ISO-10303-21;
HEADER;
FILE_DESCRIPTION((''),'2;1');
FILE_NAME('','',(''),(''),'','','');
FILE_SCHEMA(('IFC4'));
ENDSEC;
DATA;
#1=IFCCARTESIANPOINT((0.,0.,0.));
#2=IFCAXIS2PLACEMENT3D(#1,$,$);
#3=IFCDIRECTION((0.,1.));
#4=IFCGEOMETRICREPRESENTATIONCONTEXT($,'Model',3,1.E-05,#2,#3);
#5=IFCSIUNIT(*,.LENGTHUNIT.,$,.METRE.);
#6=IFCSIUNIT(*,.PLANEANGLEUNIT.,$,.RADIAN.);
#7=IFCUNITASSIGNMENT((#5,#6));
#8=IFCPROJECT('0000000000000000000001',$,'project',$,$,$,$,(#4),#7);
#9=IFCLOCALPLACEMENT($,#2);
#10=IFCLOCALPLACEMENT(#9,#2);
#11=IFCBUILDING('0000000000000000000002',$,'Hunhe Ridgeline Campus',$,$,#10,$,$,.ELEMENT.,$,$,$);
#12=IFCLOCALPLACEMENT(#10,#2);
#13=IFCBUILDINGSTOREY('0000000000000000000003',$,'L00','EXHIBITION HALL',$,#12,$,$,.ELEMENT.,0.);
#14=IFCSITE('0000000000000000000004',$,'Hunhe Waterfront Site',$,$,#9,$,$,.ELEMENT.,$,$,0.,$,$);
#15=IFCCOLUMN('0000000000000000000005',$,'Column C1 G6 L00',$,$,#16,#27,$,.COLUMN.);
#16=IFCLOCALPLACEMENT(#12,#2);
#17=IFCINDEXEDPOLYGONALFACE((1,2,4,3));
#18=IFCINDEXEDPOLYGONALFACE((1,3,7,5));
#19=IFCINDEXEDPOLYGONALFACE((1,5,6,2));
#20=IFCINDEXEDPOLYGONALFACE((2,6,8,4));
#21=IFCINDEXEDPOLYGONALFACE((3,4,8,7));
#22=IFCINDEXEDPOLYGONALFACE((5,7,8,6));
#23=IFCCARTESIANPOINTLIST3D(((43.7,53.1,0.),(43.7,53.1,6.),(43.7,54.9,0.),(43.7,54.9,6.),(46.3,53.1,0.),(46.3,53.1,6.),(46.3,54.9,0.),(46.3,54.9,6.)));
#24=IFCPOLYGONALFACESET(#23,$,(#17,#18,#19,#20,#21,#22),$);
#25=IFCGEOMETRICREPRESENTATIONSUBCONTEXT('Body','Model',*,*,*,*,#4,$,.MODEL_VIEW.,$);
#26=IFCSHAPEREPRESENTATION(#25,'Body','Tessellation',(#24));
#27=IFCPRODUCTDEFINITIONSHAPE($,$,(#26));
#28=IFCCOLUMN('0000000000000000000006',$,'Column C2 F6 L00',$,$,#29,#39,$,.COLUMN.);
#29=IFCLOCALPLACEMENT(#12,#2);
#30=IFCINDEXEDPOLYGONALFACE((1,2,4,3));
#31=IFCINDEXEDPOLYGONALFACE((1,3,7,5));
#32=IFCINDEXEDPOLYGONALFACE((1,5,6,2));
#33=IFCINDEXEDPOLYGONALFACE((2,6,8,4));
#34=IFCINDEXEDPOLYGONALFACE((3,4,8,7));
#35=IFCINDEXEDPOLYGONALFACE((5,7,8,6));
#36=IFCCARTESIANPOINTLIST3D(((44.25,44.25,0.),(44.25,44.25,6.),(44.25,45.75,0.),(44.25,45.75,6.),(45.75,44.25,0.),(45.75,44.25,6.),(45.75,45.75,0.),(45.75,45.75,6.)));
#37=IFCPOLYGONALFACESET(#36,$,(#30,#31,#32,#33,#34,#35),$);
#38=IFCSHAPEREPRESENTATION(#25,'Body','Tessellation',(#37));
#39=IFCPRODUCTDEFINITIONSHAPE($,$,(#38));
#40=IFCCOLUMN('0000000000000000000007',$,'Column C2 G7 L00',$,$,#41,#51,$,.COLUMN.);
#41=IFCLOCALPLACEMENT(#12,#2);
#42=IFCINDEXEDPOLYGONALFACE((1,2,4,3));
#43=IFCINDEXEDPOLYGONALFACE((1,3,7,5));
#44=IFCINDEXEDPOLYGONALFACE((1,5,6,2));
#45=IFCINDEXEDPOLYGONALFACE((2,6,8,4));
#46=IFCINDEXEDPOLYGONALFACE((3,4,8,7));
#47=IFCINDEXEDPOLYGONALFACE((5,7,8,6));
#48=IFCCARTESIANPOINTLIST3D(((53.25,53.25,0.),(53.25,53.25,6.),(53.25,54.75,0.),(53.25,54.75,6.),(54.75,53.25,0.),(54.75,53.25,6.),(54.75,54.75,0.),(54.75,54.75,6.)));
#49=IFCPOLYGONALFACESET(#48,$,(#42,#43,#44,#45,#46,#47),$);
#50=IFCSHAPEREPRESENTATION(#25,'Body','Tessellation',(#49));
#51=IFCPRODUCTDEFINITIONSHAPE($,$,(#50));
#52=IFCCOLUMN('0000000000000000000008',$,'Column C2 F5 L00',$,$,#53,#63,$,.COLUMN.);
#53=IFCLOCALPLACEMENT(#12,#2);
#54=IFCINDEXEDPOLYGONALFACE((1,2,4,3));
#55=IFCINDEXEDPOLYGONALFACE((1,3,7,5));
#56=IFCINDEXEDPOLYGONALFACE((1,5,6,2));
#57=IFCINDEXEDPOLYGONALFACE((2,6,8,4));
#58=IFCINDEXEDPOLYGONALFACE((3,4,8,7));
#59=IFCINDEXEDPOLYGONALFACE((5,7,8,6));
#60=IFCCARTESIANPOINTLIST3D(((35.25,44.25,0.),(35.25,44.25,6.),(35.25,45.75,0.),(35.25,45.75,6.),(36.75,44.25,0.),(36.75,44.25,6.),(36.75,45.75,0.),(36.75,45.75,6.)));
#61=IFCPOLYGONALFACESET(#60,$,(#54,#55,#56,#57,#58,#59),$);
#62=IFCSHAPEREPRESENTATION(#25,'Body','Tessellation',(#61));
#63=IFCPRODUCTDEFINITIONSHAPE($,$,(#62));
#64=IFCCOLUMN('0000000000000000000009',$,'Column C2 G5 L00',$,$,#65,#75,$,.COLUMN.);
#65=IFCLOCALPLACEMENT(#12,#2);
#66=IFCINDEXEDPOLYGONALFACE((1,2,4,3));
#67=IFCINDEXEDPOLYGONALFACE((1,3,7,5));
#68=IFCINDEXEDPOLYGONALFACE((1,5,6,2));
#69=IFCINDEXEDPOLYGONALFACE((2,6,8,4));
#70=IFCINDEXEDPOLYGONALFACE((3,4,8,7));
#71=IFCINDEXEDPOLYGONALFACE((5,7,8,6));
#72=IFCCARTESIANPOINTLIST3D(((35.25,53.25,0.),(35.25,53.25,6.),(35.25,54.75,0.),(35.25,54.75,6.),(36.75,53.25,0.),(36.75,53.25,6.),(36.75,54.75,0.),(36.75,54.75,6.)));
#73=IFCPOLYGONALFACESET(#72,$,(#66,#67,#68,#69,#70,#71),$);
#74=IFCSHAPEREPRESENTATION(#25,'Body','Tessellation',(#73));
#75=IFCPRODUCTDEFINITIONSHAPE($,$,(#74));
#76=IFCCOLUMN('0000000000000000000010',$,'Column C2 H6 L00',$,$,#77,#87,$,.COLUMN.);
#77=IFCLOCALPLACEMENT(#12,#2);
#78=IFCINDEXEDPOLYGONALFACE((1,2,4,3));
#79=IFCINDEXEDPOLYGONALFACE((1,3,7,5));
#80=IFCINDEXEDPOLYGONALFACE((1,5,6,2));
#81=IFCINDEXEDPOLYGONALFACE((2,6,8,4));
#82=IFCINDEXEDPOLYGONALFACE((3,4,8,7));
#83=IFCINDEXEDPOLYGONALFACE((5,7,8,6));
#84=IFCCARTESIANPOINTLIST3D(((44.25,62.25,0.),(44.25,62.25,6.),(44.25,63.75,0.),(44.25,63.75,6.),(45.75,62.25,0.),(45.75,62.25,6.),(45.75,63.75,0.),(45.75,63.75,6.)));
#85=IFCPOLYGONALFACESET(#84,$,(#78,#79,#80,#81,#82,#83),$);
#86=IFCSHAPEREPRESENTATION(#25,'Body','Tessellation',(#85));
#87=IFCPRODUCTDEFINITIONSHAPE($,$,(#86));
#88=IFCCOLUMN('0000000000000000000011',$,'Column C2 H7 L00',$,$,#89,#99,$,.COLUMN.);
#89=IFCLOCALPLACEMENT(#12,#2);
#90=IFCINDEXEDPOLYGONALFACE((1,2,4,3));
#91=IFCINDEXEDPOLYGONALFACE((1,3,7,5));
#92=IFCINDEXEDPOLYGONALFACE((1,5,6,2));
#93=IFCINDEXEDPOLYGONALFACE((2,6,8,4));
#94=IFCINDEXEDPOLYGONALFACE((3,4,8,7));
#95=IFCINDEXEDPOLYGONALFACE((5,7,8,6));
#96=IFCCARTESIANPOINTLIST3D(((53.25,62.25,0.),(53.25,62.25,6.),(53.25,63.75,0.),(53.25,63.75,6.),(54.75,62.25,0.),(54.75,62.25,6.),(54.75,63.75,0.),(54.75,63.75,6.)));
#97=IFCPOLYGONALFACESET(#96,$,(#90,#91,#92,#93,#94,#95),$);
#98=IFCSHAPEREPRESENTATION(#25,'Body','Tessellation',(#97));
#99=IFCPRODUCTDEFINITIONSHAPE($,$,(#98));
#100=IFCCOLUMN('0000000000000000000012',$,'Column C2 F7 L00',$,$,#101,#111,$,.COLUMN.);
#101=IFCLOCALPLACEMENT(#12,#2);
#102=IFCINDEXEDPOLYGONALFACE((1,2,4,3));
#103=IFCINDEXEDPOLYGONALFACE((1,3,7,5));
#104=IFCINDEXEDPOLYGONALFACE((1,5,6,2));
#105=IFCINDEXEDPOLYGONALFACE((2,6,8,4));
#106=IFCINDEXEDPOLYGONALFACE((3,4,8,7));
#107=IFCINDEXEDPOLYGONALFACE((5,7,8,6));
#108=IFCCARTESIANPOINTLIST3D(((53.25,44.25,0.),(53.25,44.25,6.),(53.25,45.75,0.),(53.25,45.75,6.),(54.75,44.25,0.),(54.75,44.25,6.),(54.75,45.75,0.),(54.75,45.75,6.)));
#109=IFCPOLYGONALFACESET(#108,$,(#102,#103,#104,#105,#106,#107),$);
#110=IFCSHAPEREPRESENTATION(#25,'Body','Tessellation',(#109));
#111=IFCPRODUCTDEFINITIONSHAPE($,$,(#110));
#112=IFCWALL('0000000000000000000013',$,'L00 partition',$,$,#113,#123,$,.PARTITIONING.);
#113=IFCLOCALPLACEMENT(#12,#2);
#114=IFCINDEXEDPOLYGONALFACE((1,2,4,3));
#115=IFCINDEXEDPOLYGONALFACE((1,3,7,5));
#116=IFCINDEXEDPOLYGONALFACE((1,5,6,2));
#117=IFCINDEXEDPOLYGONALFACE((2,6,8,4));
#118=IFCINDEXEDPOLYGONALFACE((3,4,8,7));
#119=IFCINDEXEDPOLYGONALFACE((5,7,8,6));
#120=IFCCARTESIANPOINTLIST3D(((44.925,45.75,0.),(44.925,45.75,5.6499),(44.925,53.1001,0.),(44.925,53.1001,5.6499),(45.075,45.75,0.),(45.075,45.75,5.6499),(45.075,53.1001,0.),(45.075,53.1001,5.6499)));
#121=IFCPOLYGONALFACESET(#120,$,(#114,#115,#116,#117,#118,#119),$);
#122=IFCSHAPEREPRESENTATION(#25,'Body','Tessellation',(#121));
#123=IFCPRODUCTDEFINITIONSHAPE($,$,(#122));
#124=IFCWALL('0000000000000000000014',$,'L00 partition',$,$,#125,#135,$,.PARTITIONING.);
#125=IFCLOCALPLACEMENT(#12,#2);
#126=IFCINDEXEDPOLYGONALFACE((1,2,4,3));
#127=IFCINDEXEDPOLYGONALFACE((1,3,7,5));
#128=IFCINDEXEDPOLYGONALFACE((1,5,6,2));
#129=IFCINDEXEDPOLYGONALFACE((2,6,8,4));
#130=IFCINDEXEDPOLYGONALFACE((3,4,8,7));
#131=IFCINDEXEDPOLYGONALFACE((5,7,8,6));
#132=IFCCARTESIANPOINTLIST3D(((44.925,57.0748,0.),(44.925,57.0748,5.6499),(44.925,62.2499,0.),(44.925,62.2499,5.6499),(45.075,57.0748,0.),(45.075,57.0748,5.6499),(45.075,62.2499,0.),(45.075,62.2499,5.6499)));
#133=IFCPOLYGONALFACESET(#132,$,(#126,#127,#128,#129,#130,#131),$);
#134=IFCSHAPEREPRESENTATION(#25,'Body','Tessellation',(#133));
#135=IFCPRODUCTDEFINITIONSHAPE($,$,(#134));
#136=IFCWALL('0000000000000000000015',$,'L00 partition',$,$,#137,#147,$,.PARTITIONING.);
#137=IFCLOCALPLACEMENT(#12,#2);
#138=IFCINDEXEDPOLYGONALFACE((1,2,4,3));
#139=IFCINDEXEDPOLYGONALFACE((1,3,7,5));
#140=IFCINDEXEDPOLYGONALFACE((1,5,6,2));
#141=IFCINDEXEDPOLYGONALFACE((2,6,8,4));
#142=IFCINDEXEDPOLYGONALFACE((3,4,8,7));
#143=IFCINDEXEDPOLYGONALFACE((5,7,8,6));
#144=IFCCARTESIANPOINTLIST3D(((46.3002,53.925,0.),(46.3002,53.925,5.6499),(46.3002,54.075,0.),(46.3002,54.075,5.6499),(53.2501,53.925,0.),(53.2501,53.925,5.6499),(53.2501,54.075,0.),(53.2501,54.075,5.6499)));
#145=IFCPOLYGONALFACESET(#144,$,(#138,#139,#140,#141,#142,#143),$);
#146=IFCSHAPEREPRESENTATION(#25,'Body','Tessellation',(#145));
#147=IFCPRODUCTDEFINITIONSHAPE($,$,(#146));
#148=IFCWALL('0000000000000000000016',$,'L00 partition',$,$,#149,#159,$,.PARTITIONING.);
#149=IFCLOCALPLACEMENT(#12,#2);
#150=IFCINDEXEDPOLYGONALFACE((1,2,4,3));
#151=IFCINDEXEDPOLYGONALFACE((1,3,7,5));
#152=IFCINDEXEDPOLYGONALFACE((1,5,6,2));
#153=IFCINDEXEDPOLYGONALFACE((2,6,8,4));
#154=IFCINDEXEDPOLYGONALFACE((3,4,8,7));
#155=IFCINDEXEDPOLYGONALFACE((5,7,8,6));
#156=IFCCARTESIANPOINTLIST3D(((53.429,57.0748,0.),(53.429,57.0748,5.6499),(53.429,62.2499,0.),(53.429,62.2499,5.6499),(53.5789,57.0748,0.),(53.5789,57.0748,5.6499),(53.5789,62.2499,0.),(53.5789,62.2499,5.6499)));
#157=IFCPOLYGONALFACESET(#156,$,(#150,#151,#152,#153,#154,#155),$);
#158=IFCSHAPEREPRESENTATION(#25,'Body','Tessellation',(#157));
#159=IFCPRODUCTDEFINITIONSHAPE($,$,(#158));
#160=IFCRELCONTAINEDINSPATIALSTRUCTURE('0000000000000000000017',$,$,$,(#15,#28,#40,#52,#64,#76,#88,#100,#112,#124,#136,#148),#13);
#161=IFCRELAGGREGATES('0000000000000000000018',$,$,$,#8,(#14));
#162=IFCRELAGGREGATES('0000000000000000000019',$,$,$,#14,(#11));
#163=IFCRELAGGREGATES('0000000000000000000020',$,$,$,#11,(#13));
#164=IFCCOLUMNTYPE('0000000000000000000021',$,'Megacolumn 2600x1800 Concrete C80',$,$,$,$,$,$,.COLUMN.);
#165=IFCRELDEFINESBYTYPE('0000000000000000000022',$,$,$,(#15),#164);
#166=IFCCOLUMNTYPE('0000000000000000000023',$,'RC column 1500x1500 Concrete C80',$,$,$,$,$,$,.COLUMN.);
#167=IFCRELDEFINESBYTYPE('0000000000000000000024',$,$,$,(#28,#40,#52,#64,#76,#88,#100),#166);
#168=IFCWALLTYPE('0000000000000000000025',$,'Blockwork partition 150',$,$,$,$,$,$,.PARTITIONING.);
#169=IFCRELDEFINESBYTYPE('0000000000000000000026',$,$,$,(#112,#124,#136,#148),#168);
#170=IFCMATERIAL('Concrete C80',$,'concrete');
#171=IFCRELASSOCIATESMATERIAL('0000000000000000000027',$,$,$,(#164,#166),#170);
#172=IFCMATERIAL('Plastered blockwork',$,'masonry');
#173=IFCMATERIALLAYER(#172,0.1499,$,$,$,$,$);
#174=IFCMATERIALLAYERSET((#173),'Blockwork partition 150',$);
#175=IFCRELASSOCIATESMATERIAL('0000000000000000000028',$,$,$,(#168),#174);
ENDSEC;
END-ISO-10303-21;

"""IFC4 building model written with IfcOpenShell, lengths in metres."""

from ifc_helpers import new_model, si_unit, direction, frame, frame_2d, origin, origin_2d, place, context, subcontext, project, spatial, rectangle, extrude, material, layer, layer_set, material_profile, profile_set, type_object, element, save


model = new_model("IFC4")

# Units and contexts
model_context = context("Model", 3, precision=1e-05, world=origin(), true_north=direction((0.0, 1.0)))
body_context = subcontext(model_context, "Body", "Model", "MODEL_VIEW")
ifc_project = project(units=[si_unit("LENGTHUNIT", "METRE"), si_unit("PLANEANGLEUNIT", "RADIAN")], contexts=[model_context])

# Site, building, storey
site_placement = place(None, origin())
site = spatial("IfcSite", under=ifc_project, at=site_placement, Name="Hunhe Waterfront Site", CompositionType="ELEMENT", RefElevation=0.0)
building_placement = place(site_placement, origin())
building = spatial("IfcBuilding", under=site, at=building_placement, Name="Hunhe Ridgeline Campus", CompositionType="ELEMENT")
storey_placement = place(building_placement, origin())
storey = spatial("IfcBuildingStorey", under=building, at=storey_placement, Name="L00", Description="EXHIBITION HALL", CompositionType="ELEMENT", Elevation=0.0)

# Columns
ifc_material_1 = material(Name="Concrete C80", Category="concrete")
ifc_material_profile_1 = material_profile(ifc_material_1, rectangle(XDim=2.6001, YDim=1.8, at=origin_2d()))
ifc_profile_set_1 = profile_set([ifc_material_profile_1], Name="Concrete C80")
column_type_1 = type_object("IfcColumnType", Name="Megacolumn 2600x1800 Concrete C80", PredefinedType="COLUMN", material=ifc_profile_set_1)
column_placement = place(storey_placement, frame((45.0, 54.0, 0.0), z_axis=(0.0, 0.0, 1.0), x_axis=(1.0, 0.0, 0.0)))
element("IfcColumn", 1, at=column_placement, inside=storey, type_object=column_type_1, Name="Column C1 G6 L00", PredefinedType="COLUMN", context=body_context, shape_type="SweptSolid", body=[
    extrude(rectangle(XDim=2.6001, YDim=1.8, at=origin_2d()), origin(), (0.0, 0.0, 1.0), 6.0),
])
ifc_material_profile_2 = material_profile(ifc_material_1, rectangle(XDim=1.5, YDim=1.5, at=origin_2d()))
ifc_profile_set_2 = profile_set([ifc_material_profile_2], Name="Concrete C80")
column_type_2 = type_object("IfcColumnType", Name="RC column 1500x1500 Concrete C80", PredefinedType="COLUMN", material=ifc_profile_set_2)
for number, where, z_axis, x_axis, name in (
    (2, (45.0, 45.0, 0.0), (0.0, 0.0, 1.0), (1.0, 0.0, 0.0), "Column C2 F6 L00"),
    (3, (54.0, 54.0, 0.0), (0.0, 0.0, 1.0), (1.0, 0.0, 0.0), "Column C2 G7 L00"),
    (4, (36.0, 45.0, 0.0), (0.0, 0.0, 1.0), (1.0, 0.0, 0.0), "Column C2 F5 L00"),
    (5, (36.0, 54.0, 0.0), (0.0, 0.0, 1.0), (1.0, 0.0, 0.0), "Column C2 G5 L00"),
    (6, (45.0, 63.0, 0.0), (0.0, 0.0, 1.0), (1.0, 0.0, 0.0), "Column C2 H6 L00"),
    (7, (54.0, 63.0, 0.0), (0.0, 0.0, 1.0), (1.0, 0.0, 0.0), "Column C2 H7 L00"),
    (8, (54.0, 45.0, 0.0), (0.0, 0.0, 1.0), (1.0, 0.0, 0.0), "Column C2 F7 L00"),
):
    element("IfcColumn", number, at=place(storey_placement, frame(where, z_axis=z_axis, x_axis=x_axis)), inside=storey, type_object=column_type_2, Name=name, PredefinedType="COLUMN", context=body_context, shape_type="SweptSolid", body=[
        extrude(rectangle(XDim=1.5, YDim=1.5, at=origin_2d()), origin(), (0.0, 0.0, 1.0), 6.0),
    ])

# Walls
ifc_material_2 = material(Name="Plastered blockwork", Category="masonry")
ifc_layer_1 = layer(ifc_material_2, 0.1499)
ifc_layer_set_1 = layer_set([ifc_layer_1], Name="Blockwork partition 150")
wall_type_1 = type_object("IfcWallType", Name="Blockwork partition 150", PredefinedType="PARTITIONING", material=ifc_layer_set_1)
wall_1_placement = place(storey_placement, frame((45.0, 45.75, 0.0), z_axis=(0.0, 0.0, 1.0), x_axis=(0.0, 1.0, 0.0)))
element("IfcWall", 9, at=wall_1_placement, inside=storey, type_object=wall_type_1, Name="L00 partition", PredefinedType="PARTITIONING", context=body_context, shape_type="SweptSolid", body=[
    extrude(rectangle(XDim=7.3501, YDim=0.1499, at=frame_2d((3.675, 0.0))), origin(), (0.0, 0.0, 1.0), 5.6499),
])
wall_2_placement = place(storey_placement, frame((45.0, 57.075, 0.0), z_axis=(0.0, 0.0, 1.0), x_axis=(0.0, 1.0, 0.0)))
element("IfcWall", 10, at=wall_2_placement, inside=storey, type_object=wall_type_1, Name="L00 partition", PredefinedType="PARTITIONING", context=body_context, shape_type="SweptSolid", body=[
    extrude(rectangle(XDim=5.175, YDim=0.1499, at=frame_2d((2.5874, 0.0))), origin(), (0.0, 0.0, 1.0), 5.6499),
])
wall_3_placement = place(storey_placement, frame((46.3, 54.0, 0.0), z_axis=(0.0, 0.0, 1.0), x_axis=(1.0, 0.0, 0.0)))
element("IfcWall", 11, at=wall_3_placement, inside=storey, type_object=wall_type_1, Name="L00 partition", PredefinedType="PARTITIONING", context=body_context, shape_type="SweptSolid", body=[
    extrude(rectangle(XDim=6.95, YDim=0.1499, at=frame_2d((3.4751, 0.0))), origin(), (0.0, 0.0, 1.0), 5.6499),
])
wall_4_placement = place(storey_placement, frame((53.5039, 57.075, 0.0), z_axis=(0.0, 0.0, 1.0), x_axis=(0.0, 1.0, 0.0)))
element("IfcWall", 12, at=wall_4_placement, inside=storey, type_object=wall_type_1, Name="L00 partition", PredefinedType="PARTITIONING", context=body_context, shape_type="SweptSolid", body=[
    extrude(rectangle(XDim=5.175, YDim=0.1499, at=frame_2d((2.5874, 0.0))), origin(), (0.0, 0.0, 1.0), 5.6499),
])

save(model, "model.ifc")
